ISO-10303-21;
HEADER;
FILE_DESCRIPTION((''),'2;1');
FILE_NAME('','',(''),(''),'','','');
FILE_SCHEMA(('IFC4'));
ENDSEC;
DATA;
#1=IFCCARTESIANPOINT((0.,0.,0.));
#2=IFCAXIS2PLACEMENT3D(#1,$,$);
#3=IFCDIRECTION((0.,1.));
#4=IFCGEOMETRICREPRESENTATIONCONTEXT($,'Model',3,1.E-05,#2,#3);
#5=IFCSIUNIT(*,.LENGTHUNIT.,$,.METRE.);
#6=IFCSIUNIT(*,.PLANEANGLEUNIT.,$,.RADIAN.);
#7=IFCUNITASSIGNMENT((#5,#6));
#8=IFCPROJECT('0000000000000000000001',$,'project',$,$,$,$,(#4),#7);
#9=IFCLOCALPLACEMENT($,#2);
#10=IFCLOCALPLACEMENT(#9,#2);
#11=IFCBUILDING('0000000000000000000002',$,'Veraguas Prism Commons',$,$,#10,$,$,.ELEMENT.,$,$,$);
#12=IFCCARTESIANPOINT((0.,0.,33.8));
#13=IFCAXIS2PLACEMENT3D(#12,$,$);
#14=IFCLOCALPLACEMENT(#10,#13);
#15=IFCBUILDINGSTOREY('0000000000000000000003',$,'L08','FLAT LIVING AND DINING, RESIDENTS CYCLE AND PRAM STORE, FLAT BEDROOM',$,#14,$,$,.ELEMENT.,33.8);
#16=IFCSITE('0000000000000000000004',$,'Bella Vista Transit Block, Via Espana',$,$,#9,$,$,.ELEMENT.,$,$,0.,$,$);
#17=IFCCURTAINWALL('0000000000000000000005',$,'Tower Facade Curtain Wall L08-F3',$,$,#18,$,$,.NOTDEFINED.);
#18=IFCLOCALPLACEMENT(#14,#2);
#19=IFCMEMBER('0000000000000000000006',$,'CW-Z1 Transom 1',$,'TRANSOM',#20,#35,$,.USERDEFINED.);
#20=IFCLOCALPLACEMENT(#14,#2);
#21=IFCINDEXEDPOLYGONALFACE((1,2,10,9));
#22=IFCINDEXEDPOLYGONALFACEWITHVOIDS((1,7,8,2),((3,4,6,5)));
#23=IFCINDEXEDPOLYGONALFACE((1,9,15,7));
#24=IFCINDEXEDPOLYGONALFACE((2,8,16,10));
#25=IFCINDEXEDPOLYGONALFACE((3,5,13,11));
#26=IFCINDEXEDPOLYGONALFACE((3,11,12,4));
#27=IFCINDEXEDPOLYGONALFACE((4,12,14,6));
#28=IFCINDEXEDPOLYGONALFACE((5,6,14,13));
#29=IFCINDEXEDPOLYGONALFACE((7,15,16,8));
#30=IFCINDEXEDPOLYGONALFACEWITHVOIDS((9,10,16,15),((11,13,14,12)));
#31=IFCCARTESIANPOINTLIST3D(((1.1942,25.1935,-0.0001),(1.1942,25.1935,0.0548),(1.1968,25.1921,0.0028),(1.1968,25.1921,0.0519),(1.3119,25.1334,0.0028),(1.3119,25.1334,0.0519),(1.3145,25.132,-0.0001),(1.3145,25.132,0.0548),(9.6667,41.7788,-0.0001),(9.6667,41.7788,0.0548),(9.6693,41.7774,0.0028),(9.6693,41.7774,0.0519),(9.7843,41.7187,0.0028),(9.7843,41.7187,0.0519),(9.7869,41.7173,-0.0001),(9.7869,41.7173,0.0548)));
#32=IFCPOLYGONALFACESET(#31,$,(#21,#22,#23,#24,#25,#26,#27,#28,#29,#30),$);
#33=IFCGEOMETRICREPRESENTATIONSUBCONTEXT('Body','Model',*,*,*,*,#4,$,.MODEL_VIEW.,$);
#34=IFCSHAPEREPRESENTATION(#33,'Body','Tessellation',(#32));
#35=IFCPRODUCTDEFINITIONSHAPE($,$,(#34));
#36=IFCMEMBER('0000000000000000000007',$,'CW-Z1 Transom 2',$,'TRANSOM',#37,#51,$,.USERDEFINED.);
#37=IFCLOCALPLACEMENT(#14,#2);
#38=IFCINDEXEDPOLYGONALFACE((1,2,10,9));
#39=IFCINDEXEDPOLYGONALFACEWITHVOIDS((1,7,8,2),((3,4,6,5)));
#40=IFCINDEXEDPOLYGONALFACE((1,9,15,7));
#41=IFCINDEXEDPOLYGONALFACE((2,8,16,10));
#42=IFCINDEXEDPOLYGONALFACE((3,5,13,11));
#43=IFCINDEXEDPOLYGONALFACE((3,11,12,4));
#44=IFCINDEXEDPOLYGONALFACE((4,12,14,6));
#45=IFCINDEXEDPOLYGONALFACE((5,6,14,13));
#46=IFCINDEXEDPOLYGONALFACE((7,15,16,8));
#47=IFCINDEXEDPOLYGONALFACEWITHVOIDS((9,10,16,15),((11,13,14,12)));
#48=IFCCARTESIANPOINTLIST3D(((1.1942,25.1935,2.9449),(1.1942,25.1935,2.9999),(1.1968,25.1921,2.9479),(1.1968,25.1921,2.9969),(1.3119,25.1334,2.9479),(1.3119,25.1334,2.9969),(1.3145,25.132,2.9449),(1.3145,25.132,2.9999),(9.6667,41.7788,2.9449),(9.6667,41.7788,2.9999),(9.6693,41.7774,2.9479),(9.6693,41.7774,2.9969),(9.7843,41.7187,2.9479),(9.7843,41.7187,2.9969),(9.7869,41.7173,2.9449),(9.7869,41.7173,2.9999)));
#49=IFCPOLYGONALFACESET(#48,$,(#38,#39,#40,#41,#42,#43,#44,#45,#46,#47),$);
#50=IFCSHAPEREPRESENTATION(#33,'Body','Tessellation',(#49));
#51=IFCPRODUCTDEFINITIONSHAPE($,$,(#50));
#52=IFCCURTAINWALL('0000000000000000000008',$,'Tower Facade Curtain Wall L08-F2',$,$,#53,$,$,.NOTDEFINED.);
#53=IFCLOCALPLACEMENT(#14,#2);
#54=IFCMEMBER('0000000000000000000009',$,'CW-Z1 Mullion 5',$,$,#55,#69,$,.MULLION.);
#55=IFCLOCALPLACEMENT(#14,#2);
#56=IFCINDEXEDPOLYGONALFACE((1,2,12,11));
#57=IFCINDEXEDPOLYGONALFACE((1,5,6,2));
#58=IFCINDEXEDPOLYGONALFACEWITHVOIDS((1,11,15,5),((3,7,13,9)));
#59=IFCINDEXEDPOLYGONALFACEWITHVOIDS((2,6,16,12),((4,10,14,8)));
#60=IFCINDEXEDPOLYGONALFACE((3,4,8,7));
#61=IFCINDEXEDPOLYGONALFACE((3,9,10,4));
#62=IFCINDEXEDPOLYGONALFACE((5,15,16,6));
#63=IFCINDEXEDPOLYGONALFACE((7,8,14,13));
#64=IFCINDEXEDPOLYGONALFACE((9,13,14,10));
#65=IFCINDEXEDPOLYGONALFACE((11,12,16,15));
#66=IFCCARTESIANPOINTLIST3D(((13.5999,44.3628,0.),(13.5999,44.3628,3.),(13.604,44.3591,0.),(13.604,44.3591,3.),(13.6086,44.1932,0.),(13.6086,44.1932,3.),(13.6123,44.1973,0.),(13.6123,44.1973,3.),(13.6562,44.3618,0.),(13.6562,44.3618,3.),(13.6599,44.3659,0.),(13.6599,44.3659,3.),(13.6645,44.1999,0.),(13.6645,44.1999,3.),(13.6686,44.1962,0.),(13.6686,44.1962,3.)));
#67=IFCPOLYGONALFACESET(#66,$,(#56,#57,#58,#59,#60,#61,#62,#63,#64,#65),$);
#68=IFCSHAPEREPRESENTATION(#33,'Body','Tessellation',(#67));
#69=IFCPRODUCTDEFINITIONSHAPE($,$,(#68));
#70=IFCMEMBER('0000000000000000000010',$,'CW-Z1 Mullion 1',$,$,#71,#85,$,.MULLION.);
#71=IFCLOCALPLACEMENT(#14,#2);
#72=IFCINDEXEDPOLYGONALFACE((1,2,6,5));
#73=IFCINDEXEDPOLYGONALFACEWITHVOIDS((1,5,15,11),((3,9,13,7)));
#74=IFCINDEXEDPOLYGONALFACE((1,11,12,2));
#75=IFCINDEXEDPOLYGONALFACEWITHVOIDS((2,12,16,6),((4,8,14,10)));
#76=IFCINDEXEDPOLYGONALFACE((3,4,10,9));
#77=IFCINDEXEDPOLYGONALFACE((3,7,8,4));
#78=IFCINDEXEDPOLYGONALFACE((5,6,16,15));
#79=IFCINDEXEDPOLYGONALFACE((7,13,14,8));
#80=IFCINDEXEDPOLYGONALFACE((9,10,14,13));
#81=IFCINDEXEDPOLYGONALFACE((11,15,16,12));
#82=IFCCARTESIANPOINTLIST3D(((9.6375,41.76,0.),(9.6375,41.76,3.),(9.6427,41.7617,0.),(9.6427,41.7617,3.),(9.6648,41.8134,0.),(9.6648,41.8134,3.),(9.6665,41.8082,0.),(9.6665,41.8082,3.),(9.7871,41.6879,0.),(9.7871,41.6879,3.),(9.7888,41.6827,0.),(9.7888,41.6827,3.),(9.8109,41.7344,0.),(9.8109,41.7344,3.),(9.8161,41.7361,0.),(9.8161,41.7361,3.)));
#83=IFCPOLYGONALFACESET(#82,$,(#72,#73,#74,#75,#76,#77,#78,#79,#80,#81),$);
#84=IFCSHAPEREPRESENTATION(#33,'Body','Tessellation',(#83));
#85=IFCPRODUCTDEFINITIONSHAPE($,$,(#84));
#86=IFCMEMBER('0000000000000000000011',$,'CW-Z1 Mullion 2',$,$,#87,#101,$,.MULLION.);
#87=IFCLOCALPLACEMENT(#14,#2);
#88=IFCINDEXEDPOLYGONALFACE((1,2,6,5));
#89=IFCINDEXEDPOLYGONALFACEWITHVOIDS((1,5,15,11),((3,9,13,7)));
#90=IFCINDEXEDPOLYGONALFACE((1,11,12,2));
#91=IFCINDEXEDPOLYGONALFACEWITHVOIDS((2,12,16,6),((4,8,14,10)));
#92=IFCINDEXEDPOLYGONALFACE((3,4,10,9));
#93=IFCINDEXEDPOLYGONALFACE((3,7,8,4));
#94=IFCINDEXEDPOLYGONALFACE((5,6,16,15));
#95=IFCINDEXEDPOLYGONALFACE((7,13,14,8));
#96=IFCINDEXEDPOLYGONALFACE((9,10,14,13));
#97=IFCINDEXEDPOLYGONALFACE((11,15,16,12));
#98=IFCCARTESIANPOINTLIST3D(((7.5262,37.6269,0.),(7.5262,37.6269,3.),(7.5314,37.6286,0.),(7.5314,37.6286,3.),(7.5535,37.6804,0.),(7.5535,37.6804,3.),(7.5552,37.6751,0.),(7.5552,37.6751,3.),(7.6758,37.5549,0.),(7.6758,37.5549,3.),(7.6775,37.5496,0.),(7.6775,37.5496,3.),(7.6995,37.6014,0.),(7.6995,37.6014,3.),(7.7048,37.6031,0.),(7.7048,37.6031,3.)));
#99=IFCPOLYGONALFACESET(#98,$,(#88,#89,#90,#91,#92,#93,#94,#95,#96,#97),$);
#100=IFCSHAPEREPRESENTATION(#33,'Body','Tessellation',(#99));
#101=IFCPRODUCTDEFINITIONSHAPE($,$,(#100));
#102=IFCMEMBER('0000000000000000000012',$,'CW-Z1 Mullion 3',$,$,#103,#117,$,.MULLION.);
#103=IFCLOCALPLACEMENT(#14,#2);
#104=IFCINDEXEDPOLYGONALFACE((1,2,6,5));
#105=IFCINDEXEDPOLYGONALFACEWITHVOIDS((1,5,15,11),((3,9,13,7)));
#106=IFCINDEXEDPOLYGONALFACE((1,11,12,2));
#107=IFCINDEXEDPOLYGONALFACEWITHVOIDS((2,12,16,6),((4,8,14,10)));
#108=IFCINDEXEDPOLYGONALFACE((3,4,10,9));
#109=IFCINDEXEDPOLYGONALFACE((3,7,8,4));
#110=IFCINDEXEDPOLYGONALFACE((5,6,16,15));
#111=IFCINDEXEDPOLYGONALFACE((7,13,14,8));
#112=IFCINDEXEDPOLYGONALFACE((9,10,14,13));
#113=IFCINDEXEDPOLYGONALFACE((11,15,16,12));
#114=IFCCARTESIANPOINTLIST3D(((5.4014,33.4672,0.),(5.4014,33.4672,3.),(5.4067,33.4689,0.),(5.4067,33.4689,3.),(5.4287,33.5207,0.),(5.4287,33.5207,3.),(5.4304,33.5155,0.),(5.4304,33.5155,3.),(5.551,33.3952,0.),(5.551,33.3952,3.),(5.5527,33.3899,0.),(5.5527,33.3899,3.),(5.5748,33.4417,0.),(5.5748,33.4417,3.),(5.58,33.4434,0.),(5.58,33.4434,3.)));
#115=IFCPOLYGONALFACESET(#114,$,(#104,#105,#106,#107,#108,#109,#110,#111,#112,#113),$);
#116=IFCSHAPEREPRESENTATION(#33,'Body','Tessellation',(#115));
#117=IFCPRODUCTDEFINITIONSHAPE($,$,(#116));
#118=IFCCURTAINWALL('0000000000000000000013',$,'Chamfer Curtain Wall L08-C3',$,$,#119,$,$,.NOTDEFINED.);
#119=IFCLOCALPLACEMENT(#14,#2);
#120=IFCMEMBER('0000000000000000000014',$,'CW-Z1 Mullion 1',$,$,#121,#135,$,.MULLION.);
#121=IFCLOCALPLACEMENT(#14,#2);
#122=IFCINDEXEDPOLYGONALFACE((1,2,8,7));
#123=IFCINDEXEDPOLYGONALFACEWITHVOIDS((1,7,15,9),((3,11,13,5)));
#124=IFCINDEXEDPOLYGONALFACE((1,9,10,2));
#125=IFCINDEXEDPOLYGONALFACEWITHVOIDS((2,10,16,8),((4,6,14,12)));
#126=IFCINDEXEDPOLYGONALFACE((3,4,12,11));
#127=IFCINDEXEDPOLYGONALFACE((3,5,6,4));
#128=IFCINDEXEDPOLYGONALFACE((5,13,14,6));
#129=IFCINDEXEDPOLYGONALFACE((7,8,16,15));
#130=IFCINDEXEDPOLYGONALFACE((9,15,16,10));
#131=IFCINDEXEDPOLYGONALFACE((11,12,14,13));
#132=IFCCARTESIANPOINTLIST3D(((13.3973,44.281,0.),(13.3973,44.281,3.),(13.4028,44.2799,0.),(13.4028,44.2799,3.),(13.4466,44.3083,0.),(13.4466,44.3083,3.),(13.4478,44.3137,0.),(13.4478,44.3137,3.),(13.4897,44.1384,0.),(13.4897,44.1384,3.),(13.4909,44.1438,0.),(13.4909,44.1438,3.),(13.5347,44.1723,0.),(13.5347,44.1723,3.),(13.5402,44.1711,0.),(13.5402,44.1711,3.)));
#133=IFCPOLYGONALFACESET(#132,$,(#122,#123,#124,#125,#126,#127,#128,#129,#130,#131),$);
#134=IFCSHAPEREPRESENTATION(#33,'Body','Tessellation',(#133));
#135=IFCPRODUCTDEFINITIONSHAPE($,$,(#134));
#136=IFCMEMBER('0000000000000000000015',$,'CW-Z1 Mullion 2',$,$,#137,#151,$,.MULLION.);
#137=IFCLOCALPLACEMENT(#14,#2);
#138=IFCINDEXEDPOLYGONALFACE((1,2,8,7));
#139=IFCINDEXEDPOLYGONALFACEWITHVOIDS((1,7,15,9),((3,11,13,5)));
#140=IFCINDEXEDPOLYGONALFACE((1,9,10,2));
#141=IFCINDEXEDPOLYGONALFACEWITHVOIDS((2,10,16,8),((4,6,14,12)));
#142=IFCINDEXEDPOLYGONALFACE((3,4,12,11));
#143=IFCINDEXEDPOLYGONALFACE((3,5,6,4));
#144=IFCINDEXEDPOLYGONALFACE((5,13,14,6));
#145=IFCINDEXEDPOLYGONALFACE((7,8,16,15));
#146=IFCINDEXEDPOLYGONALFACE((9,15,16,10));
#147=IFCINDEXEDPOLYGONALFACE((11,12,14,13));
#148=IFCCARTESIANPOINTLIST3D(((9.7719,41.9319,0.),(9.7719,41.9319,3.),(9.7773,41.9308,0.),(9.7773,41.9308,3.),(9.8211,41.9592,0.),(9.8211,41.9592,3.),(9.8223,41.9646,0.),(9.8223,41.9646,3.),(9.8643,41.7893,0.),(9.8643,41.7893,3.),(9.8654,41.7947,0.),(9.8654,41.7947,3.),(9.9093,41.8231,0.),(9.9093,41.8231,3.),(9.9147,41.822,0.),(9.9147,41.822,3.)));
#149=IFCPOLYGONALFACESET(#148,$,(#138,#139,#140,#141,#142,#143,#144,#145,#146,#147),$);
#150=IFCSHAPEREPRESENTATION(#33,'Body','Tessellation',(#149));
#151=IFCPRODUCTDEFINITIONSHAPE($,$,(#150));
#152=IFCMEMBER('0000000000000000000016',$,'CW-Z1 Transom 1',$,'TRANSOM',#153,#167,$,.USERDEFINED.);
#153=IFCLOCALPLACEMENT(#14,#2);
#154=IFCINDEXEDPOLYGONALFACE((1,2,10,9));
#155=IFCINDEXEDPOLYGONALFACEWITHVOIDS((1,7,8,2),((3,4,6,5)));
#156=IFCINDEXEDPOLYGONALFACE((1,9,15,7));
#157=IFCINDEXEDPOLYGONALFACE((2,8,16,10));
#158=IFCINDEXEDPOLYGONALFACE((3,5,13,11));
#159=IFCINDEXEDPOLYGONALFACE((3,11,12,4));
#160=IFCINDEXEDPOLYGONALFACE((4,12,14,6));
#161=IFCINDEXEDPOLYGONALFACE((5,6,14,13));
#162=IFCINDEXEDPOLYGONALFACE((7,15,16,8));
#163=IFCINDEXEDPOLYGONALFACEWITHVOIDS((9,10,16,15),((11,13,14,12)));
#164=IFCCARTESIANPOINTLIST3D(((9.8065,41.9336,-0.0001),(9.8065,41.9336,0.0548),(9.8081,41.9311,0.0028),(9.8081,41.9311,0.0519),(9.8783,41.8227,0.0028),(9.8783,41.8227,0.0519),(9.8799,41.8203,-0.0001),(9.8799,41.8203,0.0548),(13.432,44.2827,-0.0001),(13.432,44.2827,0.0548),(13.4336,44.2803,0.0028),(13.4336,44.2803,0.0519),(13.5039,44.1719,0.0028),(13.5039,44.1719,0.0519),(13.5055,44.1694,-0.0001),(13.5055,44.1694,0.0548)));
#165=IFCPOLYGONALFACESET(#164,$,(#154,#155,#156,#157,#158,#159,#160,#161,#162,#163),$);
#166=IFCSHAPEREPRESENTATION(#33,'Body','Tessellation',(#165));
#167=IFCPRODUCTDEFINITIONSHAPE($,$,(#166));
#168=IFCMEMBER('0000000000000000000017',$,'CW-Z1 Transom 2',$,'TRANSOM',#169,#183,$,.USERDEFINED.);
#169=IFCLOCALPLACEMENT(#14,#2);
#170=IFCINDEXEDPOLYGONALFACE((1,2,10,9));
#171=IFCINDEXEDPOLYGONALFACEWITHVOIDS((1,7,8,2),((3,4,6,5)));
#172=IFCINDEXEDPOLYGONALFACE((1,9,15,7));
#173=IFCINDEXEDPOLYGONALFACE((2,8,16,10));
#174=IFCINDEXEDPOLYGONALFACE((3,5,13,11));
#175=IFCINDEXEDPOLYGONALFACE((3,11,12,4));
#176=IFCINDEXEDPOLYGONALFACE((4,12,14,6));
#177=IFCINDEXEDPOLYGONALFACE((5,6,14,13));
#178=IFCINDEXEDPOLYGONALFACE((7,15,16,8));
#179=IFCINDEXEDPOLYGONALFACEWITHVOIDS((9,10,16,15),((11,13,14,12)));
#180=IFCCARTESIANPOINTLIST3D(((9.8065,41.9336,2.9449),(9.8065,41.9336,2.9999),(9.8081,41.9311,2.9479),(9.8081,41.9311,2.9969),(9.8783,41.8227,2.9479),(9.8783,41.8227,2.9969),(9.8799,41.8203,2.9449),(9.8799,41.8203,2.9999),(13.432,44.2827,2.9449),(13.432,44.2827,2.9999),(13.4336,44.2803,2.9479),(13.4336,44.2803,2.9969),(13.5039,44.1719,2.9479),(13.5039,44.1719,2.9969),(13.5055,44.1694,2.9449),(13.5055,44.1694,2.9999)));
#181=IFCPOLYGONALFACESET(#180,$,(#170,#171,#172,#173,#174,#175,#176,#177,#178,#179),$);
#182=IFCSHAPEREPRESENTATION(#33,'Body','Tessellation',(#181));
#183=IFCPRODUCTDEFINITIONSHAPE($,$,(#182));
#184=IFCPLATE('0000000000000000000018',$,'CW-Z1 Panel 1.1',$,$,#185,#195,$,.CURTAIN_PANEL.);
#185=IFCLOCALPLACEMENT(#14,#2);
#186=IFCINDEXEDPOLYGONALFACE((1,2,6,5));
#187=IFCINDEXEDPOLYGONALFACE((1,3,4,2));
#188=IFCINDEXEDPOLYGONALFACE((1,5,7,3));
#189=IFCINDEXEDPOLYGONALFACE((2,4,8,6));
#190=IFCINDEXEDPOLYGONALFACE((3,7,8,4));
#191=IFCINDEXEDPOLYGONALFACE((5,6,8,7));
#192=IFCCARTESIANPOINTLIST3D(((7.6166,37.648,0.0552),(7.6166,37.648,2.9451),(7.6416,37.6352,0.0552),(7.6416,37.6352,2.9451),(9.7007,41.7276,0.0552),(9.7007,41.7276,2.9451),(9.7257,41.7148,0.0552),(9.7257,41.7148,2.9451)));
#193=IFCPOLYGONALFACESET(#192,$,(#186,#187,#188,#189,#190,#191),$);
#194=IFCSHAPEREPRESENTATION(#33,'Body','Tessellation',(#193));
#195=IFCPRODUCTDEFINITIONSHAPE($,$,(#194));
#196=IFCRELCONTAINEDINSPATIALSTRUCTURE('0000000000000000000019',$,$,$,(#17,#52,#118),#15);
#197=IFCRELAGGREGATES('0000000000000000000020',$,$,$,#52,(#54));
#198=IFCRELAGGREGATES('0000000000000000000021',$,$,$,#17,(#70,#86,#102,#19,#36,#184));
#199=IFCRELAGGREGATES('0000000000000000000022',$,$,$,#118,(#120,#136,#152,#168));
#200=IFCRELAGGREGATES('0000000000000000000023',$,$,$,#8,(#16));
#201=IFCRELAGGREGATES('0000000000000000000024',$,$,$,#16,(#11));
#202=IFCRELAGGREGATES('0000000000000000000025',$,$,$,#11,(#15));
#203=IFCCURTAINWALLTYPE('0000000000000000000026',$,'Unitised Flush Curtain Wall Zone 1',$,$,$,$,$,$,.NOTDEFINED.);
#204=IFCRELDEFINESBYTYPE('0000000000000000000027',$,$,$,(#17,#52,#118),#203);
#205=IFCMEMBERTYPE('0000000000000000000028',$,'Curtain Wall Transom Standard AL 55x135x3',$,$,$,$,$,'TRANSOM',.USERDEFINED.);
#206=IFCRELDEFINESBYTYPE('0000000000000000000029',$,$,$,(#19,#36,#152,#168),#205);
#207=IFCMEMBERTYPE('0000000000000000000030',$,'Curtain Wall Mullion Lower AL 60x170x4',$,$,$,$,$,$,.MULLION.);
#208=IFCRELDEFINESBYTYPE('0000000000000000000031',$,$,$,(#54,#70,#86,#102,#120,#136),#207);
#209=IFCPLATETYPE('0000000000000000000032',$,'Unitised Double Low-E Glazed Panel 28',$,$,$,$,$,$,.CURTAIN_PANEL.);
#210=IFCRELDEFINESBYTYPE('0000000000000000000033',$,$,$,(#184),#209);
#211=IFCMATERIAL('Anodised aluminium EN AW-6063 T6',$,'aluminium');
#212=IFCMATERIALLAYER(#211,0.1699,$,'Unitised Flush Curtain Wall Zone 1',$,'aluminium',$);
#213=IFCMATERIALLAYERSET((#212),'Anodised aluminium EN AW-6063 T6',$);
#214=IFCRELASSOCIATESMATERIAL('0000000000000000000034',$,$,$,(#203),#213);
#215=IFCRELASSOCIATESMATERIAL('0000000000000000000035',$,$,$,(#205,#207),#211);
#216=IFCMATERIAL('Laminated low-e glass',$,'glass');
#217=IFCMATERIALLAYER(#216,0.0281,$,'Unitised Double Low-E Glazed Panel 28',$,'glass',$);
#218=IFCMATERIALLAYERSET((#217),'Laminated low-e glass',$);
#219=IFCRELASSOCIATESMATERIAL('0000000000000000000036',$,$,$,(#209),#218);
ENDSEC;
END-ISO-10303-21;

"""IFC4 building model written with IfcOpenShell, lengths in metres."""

from ifc_helpers import new_model, si_unit, direction, frame, origin, origin_2d, place, context, subcontext, project, spatial, rectangle, hollow_rectangle, extrude, source, transform, mapped, material, layer, layer_set, material_profile, profile_set, type_object, element, aggregate, save


model = new_model("IFC4")

# Units and contexts
model_context = context("Model", 3, precision=1e-05, world=origin(), true_north=direction((0.0, 1.0)))
body_context = subcontext(model_context, "Body", "Model", "MODEL_VIEW")
ifc_project = project(units=[si_unit("LENGTHUNIT", "METRE"), si_unit("PLANEANGLEUNIT", "RADIAN")], contexts=[model_context])

# Site, building, storey
site_placement = place(None, origin())
site = spatial("IfcSite", under=ifc_project, at=site_placement, Name="Bella Vista Transit Block, Via Espana", CompositionType="ELEMENT", RefElevation=0.0)
building_placement = place(site_placement, origin())
building = spatial("IfcBuilding", under=site, at=building_placement, Name="Veraguas Prism Commons", CompositionType="ELEMENT")
storey_placement = place(building_placement, frame((0.0, 0.0, 33.8)))
storey = spatial("IfcBuildingStorey", under=building, at=storey_placement, Name="L08", Description="FLAT LIVING AND DINING, RESIDENTS CYCLE AND PRAM STORE, FLAT BEDROOM", CompositionType="ELEMENT", Elevation=33.8)

# Curtain wall, members
ifc_material_1 = material(Name="Anodised aluminium EN AW-6063 T6", Category="aluminium")
ifc_layer_1 = layer(ifc_material_1, 0.1699, Name="Unitised Flush Curtain Wall Zone 1", Category="aluminium")
ifc_layer_set_1 = layer_set([ifc_layer_1], Name="Anodised aluminium EN AW-6063 T6")
curtain_wall_type = type_object("IfcCurtainWallType", Name="Unitised Flush Curtain Wall Zone 1", PredefinedType="NOTDEFINED", material=ifc_layer_set_1)
curtain_wall_1_placement = place(storey_placement, origin())
curtain_wall_1 = element("IfcCurtainWall", 1, at=curtain_wall_1_placement, inside=storey, type_object=curtain_wall_type, Name="Tower Facade Curtain Wall L08-F3", PredefinedType="NOTDEFINED")
ifc_material_profile_1 = material_profile(ifc_material_1, hollow_rectangle(XDim=0.0549, YDim=0.135, WallThickness=0.0029, at=origin_2d()), Name="AL55X135X3")
ifc_profile_set_1 = profile_set([ifc_material_profile_1], Name="Anodised aluminium EN AW-6063 T6")
member_type_1 = type_object("IfcMemberType", Name="Curtain Wall Transom Standard AL 55x135x3", ElementType="TRANSOM", PredefinedType="USERDEFINED", material=ifc_profile_set_1)
shared_shape_1 = source(origin(), body_context, "Body", "SweptSolid", [
    extrude(hollow_rectangle(XDim=0.0549, YDim=0.135, WallThickness=0.0029, at=origin_2d()), origin(), (0.0, 0.0, 1.0), 18.624),
])
member_1_placement = place(storey_placement, frame((9.7268, 41.748, 0.0273), z_axis=(-0.454921, -0.890532, 0.0), x_axis=(0.0, 0.0, 1.0)))
member_1 = element("IfcMember", 2, at=member_1_placement, type_object=member_type_1, Name="CW-Z1 Transom 1", ObjectType="TRANSOM", PredefinedType="USERDEFINED", context=body_context, shape_type="MappedRepresentation", body=[
    mapped(shared_shape_1, transform((0.0, 0.0, 0.0), scale=1.0)),
])
member_2_placement = place(storey_placement, frame((9.7268, 41.748, 2.9724), z_axis=(-0.454921, -0.890532, 0.0), x_axis=(0.0, 0.0, 1.0)))
member_2 = element("IfcMember", 3, at=member_2_placement, type_object=member_type_1, Name="CW-Z1 Transom 2", ObjectType="TRANSOM", PredefinedType="USERDEFINED", context=body_context, shape_type="MappedRepresentation", body=[
    mapped(shared_shape_1, transform((0.0, 0.0, 0.0), scale=1.0)),
])

# Curtain wall, member
curtain_wall_2_placement = place(storey_placement, origin())
curtain_wall_2 = element("IfcCurtainWall", 4, at=curtain_wall_2_placement, inside=storey, type_object=curtain_wall_type, Name="Tower Facade Curtain Wall L08-F2", PredefinedType="NOTDEFINED")
ifc_material_profile_2 = material_profile(ifc_material_1, hollow_rectangle(XDim=0.0601, YDim=0.1699, WallThickness=0.0039, at=origin_2d()), Name="AL60X170X4")
ifc_profile_set_2 = profile_set([ifc_material_profile_2], Name="Anodised aluminium EN AW-6063 T6")
member_type_2 = type_object("IfcMemberType", Name="Curtain Wall Mullion Lower AL 60x170x4", PredefinedType="MULLION", material=ifc_profile_set_2)
shared_shape_2 = source(origin(), body_context, "Body", "SweptSolid", [
    extrude(hollow_rectangle(XDim=0.0601, YDim=0.1699, WallThickness=0.0039, at=origin_2d()), origin(), (0.0, 0.0, 1.0), 3.0),
])
member_3_placement = place(storey_placement, frame((13.6343, 44.2795, 0.0), z_axis=(0.0, 0.0, 1.0), x_axis=(-0.998684, -0.05129, 0.0)))
member_3 = element("IfcMember", 5, at=member_3_placement, type_object=member_type_2, Name="CW-Z1 Mullion 5", PredefinedType="MULLION", context=body_context, shape_type="MappedRepresentation", body=[
    mapped(shared_shape_2, transform((0.0, 0.0, 0.0), scale=1.0)),
])
aggregate(curtain_wall_2, [member_3])

# Members
member_4_placement = place(storey_placement, frame((9.7268, 41.748, 0.0), z_axis=(0.0, 0.0, 1.0), x_axis=(-0.454922, -0.890531, 0.0)))
member_4 = element("IfcMember", 6, at=member_4_placement, type_object=member_type_2, Name="CW-Z1 Mullion 1", PredefinedType="MULLION", context=body_context, shape_type="MappedRepresentation", body=[
    mapped(shared_shape_2, transform((0.0, 0.0, 0.0), scale=1.0)),
])
member_5_placement = place(storey_placement, frame((7.6155, 37.615, 0.0), z_axis=(0.0, 0.0, 1.0), x_axis=(-0.454922, -0.890531, 0.0)))
member_5 = element("IfcMember", 7, at=member_5_placement, type_object=member_type_2, Name="CW-Z1 Mullion 2", PredefinedType="MULLION", context=body_context, shape_type="MappedRepresentation", body=[
    mapped(shared_shape_2, transform((0.0, 0.0, 0.0), scale=1.0)),
])
member_6_placement = place(storey_placement, frame((5.4907, 33.4553, 0.0), z_axis=(0.0, 0.0, 1.0), x_axis=(-0.454922, -0.890531, 0.0)))
member_6 = element("IfcMember", 8, at=member_6_placement, type_object=member_type_2, Name="CW-Z1 Mullion 3", PredefinedType="MULLION", context=body_context, shape_type="MappedRepresentation", body=[
    mapped(shared_shape_2, transform((0.0, 0.0, 0.0), scale=1.0)),
])

# Curtain wall, members
curtain_wall_3_placement = place(storey_placement, origin())
curtain_wall_3 = element("IfcCurtainWall", 9, at=curtain_wall_3_placement, inside=storey, type_object=curtain_wall_type, Name="Chamfer Curtain Wall L08-C3", PredefinedType="NOTDEFINED")
member_7_placement = place(storey_placement, frame((13.4688, 44.2261, 0.0), z_axis=(0.0, 0.0, 1.0), x_axis=(-0.839233, -0.543772, 0.0)))
member_7 = element("IfcMember", 10, at=member_7_placement, type_object=member_type_2, Name="CW-Z1 Mullion 1", PredefinedType="MULLION", context=body_context, shape_type="MappedRepresentation", body=[
    mapped(shared_shape_2, transform((0.0, 0.0, 0.0), scale=1.0)),
])
member_8_placement = place(storey_placement, frame((9.8433, 41.877, 0.0), z_axis=(0.0, 0.0, 1.0), x_axis=(-0.839233, -0.543772, 0.0)))
member_8 = element("IfcMember", 11, at=member_8_placement, type_object=member_type_2, Name="CW-Z1 Mullion 2", PredefinedType="MULLION", context=body_context, shape_type="MappedRepresentation", body=[
    mapped(shared_shape_2, transform((0.0, 0.0, 0.0), scale=1.0)),
])
shared_shape_3 = source(origin(), body_context, "Body", "SweptSolid", [
    extrude(hollow_rectangle(XDim=0.0549, YDim=0.135, WallThickness=0.0029, at=origin_2d()), origin(), (0.0, 0.0, 1.0), 4.3201),
])
member_9_placement = place(storey_placement, frame((13.4688, 44.2261, 0.0273), z_axis=(-0.83923, -0.543776, 0.0), x_axis=(0.0, 0.0, 1.0)))
member_9 = element("IfcMember", 12, at=member_9_placement, type_object=member_type_1, Name="CW-Z1 Transom 1", ObjectType="TRANSOM", PredefinedType="USERDEFINED", context=body_context, shape_type="MappedRepresentation", body=[
    mapped(shared_shape_3, transform((0.0, 0.0, 0.0), scale=1.0)),
])
member_10_placement = place(storey_placement, frame((13.4688, 44.2261, 2.9724), z_axis=(-0.83923, -0.543776, 0.0), x_axis=(0.0, 0.0, 1.0)))
member_10 = element("IfcMember", 13, at=member_10_placement, type_object=member_type_1, Name="CW-Z1 Transom 2", ObjectType="TRANSOM", PredefinedType="USERDEFINED", context=body_context, shape_type="MappedRepresentation", body=[
    mapped(shared_shape_3, transform((0.0, 0.0, 0.0), scale=1.0)),
])

# Plate
ifc_material_2 = material(Name="Laminated low-e glass", Category="glass")
ifc_layer_2 = layer(ifc_material_2, 0.0281, Name="Unitised Double Low-E Glazed Panel 28", Category="glass")
ifc_layer_set_2 = layer_set([ifc_layer_2], Name="Laminated low-e glass")
plate_type = type_object("IfcPlateType", Name="Unitised Double Low-E Glazed Panel 28", PredefinedType="CURTAIN_PANEL", material=ifc_layer_set_2)
shared_shape_4 = source(origin(), body_context, "Body", "SweptSolid", [
    extrude(rectangle(XDim=4.5811, YDim=0.0281, at=origin_2d()), origin(), (0.0, 0.0, 1.0), 2.8899),
])
plate_1_placement = place(storey_placement, frame((8.6711, 39.6814, 0.0552), z_axis=(0.0, 0.0, 1.0), x_axis=(-0.454922, -0.890531, 0.0)))
plate_1 = element("IfcPlate", 14, at=plate_1_placement, type_object=plate_type, Name="CW-Z1 Panel 1.1", PredefinedType="CURTAIN_PANEL", context=body_context, shape_type="MappedRepresentation", body=[
    mapped(shared_shape_4, transform((0.0, 0.0, 0.0), scale=1.0)),
])
aggregate(curtain_wall_1, [member_4, member_5, member_6, member_1, member_2, plate_1])
aggregate(curtain_wall_3, [member_7, member_8, member_9, member_10])

save(model, "model.ifc")
